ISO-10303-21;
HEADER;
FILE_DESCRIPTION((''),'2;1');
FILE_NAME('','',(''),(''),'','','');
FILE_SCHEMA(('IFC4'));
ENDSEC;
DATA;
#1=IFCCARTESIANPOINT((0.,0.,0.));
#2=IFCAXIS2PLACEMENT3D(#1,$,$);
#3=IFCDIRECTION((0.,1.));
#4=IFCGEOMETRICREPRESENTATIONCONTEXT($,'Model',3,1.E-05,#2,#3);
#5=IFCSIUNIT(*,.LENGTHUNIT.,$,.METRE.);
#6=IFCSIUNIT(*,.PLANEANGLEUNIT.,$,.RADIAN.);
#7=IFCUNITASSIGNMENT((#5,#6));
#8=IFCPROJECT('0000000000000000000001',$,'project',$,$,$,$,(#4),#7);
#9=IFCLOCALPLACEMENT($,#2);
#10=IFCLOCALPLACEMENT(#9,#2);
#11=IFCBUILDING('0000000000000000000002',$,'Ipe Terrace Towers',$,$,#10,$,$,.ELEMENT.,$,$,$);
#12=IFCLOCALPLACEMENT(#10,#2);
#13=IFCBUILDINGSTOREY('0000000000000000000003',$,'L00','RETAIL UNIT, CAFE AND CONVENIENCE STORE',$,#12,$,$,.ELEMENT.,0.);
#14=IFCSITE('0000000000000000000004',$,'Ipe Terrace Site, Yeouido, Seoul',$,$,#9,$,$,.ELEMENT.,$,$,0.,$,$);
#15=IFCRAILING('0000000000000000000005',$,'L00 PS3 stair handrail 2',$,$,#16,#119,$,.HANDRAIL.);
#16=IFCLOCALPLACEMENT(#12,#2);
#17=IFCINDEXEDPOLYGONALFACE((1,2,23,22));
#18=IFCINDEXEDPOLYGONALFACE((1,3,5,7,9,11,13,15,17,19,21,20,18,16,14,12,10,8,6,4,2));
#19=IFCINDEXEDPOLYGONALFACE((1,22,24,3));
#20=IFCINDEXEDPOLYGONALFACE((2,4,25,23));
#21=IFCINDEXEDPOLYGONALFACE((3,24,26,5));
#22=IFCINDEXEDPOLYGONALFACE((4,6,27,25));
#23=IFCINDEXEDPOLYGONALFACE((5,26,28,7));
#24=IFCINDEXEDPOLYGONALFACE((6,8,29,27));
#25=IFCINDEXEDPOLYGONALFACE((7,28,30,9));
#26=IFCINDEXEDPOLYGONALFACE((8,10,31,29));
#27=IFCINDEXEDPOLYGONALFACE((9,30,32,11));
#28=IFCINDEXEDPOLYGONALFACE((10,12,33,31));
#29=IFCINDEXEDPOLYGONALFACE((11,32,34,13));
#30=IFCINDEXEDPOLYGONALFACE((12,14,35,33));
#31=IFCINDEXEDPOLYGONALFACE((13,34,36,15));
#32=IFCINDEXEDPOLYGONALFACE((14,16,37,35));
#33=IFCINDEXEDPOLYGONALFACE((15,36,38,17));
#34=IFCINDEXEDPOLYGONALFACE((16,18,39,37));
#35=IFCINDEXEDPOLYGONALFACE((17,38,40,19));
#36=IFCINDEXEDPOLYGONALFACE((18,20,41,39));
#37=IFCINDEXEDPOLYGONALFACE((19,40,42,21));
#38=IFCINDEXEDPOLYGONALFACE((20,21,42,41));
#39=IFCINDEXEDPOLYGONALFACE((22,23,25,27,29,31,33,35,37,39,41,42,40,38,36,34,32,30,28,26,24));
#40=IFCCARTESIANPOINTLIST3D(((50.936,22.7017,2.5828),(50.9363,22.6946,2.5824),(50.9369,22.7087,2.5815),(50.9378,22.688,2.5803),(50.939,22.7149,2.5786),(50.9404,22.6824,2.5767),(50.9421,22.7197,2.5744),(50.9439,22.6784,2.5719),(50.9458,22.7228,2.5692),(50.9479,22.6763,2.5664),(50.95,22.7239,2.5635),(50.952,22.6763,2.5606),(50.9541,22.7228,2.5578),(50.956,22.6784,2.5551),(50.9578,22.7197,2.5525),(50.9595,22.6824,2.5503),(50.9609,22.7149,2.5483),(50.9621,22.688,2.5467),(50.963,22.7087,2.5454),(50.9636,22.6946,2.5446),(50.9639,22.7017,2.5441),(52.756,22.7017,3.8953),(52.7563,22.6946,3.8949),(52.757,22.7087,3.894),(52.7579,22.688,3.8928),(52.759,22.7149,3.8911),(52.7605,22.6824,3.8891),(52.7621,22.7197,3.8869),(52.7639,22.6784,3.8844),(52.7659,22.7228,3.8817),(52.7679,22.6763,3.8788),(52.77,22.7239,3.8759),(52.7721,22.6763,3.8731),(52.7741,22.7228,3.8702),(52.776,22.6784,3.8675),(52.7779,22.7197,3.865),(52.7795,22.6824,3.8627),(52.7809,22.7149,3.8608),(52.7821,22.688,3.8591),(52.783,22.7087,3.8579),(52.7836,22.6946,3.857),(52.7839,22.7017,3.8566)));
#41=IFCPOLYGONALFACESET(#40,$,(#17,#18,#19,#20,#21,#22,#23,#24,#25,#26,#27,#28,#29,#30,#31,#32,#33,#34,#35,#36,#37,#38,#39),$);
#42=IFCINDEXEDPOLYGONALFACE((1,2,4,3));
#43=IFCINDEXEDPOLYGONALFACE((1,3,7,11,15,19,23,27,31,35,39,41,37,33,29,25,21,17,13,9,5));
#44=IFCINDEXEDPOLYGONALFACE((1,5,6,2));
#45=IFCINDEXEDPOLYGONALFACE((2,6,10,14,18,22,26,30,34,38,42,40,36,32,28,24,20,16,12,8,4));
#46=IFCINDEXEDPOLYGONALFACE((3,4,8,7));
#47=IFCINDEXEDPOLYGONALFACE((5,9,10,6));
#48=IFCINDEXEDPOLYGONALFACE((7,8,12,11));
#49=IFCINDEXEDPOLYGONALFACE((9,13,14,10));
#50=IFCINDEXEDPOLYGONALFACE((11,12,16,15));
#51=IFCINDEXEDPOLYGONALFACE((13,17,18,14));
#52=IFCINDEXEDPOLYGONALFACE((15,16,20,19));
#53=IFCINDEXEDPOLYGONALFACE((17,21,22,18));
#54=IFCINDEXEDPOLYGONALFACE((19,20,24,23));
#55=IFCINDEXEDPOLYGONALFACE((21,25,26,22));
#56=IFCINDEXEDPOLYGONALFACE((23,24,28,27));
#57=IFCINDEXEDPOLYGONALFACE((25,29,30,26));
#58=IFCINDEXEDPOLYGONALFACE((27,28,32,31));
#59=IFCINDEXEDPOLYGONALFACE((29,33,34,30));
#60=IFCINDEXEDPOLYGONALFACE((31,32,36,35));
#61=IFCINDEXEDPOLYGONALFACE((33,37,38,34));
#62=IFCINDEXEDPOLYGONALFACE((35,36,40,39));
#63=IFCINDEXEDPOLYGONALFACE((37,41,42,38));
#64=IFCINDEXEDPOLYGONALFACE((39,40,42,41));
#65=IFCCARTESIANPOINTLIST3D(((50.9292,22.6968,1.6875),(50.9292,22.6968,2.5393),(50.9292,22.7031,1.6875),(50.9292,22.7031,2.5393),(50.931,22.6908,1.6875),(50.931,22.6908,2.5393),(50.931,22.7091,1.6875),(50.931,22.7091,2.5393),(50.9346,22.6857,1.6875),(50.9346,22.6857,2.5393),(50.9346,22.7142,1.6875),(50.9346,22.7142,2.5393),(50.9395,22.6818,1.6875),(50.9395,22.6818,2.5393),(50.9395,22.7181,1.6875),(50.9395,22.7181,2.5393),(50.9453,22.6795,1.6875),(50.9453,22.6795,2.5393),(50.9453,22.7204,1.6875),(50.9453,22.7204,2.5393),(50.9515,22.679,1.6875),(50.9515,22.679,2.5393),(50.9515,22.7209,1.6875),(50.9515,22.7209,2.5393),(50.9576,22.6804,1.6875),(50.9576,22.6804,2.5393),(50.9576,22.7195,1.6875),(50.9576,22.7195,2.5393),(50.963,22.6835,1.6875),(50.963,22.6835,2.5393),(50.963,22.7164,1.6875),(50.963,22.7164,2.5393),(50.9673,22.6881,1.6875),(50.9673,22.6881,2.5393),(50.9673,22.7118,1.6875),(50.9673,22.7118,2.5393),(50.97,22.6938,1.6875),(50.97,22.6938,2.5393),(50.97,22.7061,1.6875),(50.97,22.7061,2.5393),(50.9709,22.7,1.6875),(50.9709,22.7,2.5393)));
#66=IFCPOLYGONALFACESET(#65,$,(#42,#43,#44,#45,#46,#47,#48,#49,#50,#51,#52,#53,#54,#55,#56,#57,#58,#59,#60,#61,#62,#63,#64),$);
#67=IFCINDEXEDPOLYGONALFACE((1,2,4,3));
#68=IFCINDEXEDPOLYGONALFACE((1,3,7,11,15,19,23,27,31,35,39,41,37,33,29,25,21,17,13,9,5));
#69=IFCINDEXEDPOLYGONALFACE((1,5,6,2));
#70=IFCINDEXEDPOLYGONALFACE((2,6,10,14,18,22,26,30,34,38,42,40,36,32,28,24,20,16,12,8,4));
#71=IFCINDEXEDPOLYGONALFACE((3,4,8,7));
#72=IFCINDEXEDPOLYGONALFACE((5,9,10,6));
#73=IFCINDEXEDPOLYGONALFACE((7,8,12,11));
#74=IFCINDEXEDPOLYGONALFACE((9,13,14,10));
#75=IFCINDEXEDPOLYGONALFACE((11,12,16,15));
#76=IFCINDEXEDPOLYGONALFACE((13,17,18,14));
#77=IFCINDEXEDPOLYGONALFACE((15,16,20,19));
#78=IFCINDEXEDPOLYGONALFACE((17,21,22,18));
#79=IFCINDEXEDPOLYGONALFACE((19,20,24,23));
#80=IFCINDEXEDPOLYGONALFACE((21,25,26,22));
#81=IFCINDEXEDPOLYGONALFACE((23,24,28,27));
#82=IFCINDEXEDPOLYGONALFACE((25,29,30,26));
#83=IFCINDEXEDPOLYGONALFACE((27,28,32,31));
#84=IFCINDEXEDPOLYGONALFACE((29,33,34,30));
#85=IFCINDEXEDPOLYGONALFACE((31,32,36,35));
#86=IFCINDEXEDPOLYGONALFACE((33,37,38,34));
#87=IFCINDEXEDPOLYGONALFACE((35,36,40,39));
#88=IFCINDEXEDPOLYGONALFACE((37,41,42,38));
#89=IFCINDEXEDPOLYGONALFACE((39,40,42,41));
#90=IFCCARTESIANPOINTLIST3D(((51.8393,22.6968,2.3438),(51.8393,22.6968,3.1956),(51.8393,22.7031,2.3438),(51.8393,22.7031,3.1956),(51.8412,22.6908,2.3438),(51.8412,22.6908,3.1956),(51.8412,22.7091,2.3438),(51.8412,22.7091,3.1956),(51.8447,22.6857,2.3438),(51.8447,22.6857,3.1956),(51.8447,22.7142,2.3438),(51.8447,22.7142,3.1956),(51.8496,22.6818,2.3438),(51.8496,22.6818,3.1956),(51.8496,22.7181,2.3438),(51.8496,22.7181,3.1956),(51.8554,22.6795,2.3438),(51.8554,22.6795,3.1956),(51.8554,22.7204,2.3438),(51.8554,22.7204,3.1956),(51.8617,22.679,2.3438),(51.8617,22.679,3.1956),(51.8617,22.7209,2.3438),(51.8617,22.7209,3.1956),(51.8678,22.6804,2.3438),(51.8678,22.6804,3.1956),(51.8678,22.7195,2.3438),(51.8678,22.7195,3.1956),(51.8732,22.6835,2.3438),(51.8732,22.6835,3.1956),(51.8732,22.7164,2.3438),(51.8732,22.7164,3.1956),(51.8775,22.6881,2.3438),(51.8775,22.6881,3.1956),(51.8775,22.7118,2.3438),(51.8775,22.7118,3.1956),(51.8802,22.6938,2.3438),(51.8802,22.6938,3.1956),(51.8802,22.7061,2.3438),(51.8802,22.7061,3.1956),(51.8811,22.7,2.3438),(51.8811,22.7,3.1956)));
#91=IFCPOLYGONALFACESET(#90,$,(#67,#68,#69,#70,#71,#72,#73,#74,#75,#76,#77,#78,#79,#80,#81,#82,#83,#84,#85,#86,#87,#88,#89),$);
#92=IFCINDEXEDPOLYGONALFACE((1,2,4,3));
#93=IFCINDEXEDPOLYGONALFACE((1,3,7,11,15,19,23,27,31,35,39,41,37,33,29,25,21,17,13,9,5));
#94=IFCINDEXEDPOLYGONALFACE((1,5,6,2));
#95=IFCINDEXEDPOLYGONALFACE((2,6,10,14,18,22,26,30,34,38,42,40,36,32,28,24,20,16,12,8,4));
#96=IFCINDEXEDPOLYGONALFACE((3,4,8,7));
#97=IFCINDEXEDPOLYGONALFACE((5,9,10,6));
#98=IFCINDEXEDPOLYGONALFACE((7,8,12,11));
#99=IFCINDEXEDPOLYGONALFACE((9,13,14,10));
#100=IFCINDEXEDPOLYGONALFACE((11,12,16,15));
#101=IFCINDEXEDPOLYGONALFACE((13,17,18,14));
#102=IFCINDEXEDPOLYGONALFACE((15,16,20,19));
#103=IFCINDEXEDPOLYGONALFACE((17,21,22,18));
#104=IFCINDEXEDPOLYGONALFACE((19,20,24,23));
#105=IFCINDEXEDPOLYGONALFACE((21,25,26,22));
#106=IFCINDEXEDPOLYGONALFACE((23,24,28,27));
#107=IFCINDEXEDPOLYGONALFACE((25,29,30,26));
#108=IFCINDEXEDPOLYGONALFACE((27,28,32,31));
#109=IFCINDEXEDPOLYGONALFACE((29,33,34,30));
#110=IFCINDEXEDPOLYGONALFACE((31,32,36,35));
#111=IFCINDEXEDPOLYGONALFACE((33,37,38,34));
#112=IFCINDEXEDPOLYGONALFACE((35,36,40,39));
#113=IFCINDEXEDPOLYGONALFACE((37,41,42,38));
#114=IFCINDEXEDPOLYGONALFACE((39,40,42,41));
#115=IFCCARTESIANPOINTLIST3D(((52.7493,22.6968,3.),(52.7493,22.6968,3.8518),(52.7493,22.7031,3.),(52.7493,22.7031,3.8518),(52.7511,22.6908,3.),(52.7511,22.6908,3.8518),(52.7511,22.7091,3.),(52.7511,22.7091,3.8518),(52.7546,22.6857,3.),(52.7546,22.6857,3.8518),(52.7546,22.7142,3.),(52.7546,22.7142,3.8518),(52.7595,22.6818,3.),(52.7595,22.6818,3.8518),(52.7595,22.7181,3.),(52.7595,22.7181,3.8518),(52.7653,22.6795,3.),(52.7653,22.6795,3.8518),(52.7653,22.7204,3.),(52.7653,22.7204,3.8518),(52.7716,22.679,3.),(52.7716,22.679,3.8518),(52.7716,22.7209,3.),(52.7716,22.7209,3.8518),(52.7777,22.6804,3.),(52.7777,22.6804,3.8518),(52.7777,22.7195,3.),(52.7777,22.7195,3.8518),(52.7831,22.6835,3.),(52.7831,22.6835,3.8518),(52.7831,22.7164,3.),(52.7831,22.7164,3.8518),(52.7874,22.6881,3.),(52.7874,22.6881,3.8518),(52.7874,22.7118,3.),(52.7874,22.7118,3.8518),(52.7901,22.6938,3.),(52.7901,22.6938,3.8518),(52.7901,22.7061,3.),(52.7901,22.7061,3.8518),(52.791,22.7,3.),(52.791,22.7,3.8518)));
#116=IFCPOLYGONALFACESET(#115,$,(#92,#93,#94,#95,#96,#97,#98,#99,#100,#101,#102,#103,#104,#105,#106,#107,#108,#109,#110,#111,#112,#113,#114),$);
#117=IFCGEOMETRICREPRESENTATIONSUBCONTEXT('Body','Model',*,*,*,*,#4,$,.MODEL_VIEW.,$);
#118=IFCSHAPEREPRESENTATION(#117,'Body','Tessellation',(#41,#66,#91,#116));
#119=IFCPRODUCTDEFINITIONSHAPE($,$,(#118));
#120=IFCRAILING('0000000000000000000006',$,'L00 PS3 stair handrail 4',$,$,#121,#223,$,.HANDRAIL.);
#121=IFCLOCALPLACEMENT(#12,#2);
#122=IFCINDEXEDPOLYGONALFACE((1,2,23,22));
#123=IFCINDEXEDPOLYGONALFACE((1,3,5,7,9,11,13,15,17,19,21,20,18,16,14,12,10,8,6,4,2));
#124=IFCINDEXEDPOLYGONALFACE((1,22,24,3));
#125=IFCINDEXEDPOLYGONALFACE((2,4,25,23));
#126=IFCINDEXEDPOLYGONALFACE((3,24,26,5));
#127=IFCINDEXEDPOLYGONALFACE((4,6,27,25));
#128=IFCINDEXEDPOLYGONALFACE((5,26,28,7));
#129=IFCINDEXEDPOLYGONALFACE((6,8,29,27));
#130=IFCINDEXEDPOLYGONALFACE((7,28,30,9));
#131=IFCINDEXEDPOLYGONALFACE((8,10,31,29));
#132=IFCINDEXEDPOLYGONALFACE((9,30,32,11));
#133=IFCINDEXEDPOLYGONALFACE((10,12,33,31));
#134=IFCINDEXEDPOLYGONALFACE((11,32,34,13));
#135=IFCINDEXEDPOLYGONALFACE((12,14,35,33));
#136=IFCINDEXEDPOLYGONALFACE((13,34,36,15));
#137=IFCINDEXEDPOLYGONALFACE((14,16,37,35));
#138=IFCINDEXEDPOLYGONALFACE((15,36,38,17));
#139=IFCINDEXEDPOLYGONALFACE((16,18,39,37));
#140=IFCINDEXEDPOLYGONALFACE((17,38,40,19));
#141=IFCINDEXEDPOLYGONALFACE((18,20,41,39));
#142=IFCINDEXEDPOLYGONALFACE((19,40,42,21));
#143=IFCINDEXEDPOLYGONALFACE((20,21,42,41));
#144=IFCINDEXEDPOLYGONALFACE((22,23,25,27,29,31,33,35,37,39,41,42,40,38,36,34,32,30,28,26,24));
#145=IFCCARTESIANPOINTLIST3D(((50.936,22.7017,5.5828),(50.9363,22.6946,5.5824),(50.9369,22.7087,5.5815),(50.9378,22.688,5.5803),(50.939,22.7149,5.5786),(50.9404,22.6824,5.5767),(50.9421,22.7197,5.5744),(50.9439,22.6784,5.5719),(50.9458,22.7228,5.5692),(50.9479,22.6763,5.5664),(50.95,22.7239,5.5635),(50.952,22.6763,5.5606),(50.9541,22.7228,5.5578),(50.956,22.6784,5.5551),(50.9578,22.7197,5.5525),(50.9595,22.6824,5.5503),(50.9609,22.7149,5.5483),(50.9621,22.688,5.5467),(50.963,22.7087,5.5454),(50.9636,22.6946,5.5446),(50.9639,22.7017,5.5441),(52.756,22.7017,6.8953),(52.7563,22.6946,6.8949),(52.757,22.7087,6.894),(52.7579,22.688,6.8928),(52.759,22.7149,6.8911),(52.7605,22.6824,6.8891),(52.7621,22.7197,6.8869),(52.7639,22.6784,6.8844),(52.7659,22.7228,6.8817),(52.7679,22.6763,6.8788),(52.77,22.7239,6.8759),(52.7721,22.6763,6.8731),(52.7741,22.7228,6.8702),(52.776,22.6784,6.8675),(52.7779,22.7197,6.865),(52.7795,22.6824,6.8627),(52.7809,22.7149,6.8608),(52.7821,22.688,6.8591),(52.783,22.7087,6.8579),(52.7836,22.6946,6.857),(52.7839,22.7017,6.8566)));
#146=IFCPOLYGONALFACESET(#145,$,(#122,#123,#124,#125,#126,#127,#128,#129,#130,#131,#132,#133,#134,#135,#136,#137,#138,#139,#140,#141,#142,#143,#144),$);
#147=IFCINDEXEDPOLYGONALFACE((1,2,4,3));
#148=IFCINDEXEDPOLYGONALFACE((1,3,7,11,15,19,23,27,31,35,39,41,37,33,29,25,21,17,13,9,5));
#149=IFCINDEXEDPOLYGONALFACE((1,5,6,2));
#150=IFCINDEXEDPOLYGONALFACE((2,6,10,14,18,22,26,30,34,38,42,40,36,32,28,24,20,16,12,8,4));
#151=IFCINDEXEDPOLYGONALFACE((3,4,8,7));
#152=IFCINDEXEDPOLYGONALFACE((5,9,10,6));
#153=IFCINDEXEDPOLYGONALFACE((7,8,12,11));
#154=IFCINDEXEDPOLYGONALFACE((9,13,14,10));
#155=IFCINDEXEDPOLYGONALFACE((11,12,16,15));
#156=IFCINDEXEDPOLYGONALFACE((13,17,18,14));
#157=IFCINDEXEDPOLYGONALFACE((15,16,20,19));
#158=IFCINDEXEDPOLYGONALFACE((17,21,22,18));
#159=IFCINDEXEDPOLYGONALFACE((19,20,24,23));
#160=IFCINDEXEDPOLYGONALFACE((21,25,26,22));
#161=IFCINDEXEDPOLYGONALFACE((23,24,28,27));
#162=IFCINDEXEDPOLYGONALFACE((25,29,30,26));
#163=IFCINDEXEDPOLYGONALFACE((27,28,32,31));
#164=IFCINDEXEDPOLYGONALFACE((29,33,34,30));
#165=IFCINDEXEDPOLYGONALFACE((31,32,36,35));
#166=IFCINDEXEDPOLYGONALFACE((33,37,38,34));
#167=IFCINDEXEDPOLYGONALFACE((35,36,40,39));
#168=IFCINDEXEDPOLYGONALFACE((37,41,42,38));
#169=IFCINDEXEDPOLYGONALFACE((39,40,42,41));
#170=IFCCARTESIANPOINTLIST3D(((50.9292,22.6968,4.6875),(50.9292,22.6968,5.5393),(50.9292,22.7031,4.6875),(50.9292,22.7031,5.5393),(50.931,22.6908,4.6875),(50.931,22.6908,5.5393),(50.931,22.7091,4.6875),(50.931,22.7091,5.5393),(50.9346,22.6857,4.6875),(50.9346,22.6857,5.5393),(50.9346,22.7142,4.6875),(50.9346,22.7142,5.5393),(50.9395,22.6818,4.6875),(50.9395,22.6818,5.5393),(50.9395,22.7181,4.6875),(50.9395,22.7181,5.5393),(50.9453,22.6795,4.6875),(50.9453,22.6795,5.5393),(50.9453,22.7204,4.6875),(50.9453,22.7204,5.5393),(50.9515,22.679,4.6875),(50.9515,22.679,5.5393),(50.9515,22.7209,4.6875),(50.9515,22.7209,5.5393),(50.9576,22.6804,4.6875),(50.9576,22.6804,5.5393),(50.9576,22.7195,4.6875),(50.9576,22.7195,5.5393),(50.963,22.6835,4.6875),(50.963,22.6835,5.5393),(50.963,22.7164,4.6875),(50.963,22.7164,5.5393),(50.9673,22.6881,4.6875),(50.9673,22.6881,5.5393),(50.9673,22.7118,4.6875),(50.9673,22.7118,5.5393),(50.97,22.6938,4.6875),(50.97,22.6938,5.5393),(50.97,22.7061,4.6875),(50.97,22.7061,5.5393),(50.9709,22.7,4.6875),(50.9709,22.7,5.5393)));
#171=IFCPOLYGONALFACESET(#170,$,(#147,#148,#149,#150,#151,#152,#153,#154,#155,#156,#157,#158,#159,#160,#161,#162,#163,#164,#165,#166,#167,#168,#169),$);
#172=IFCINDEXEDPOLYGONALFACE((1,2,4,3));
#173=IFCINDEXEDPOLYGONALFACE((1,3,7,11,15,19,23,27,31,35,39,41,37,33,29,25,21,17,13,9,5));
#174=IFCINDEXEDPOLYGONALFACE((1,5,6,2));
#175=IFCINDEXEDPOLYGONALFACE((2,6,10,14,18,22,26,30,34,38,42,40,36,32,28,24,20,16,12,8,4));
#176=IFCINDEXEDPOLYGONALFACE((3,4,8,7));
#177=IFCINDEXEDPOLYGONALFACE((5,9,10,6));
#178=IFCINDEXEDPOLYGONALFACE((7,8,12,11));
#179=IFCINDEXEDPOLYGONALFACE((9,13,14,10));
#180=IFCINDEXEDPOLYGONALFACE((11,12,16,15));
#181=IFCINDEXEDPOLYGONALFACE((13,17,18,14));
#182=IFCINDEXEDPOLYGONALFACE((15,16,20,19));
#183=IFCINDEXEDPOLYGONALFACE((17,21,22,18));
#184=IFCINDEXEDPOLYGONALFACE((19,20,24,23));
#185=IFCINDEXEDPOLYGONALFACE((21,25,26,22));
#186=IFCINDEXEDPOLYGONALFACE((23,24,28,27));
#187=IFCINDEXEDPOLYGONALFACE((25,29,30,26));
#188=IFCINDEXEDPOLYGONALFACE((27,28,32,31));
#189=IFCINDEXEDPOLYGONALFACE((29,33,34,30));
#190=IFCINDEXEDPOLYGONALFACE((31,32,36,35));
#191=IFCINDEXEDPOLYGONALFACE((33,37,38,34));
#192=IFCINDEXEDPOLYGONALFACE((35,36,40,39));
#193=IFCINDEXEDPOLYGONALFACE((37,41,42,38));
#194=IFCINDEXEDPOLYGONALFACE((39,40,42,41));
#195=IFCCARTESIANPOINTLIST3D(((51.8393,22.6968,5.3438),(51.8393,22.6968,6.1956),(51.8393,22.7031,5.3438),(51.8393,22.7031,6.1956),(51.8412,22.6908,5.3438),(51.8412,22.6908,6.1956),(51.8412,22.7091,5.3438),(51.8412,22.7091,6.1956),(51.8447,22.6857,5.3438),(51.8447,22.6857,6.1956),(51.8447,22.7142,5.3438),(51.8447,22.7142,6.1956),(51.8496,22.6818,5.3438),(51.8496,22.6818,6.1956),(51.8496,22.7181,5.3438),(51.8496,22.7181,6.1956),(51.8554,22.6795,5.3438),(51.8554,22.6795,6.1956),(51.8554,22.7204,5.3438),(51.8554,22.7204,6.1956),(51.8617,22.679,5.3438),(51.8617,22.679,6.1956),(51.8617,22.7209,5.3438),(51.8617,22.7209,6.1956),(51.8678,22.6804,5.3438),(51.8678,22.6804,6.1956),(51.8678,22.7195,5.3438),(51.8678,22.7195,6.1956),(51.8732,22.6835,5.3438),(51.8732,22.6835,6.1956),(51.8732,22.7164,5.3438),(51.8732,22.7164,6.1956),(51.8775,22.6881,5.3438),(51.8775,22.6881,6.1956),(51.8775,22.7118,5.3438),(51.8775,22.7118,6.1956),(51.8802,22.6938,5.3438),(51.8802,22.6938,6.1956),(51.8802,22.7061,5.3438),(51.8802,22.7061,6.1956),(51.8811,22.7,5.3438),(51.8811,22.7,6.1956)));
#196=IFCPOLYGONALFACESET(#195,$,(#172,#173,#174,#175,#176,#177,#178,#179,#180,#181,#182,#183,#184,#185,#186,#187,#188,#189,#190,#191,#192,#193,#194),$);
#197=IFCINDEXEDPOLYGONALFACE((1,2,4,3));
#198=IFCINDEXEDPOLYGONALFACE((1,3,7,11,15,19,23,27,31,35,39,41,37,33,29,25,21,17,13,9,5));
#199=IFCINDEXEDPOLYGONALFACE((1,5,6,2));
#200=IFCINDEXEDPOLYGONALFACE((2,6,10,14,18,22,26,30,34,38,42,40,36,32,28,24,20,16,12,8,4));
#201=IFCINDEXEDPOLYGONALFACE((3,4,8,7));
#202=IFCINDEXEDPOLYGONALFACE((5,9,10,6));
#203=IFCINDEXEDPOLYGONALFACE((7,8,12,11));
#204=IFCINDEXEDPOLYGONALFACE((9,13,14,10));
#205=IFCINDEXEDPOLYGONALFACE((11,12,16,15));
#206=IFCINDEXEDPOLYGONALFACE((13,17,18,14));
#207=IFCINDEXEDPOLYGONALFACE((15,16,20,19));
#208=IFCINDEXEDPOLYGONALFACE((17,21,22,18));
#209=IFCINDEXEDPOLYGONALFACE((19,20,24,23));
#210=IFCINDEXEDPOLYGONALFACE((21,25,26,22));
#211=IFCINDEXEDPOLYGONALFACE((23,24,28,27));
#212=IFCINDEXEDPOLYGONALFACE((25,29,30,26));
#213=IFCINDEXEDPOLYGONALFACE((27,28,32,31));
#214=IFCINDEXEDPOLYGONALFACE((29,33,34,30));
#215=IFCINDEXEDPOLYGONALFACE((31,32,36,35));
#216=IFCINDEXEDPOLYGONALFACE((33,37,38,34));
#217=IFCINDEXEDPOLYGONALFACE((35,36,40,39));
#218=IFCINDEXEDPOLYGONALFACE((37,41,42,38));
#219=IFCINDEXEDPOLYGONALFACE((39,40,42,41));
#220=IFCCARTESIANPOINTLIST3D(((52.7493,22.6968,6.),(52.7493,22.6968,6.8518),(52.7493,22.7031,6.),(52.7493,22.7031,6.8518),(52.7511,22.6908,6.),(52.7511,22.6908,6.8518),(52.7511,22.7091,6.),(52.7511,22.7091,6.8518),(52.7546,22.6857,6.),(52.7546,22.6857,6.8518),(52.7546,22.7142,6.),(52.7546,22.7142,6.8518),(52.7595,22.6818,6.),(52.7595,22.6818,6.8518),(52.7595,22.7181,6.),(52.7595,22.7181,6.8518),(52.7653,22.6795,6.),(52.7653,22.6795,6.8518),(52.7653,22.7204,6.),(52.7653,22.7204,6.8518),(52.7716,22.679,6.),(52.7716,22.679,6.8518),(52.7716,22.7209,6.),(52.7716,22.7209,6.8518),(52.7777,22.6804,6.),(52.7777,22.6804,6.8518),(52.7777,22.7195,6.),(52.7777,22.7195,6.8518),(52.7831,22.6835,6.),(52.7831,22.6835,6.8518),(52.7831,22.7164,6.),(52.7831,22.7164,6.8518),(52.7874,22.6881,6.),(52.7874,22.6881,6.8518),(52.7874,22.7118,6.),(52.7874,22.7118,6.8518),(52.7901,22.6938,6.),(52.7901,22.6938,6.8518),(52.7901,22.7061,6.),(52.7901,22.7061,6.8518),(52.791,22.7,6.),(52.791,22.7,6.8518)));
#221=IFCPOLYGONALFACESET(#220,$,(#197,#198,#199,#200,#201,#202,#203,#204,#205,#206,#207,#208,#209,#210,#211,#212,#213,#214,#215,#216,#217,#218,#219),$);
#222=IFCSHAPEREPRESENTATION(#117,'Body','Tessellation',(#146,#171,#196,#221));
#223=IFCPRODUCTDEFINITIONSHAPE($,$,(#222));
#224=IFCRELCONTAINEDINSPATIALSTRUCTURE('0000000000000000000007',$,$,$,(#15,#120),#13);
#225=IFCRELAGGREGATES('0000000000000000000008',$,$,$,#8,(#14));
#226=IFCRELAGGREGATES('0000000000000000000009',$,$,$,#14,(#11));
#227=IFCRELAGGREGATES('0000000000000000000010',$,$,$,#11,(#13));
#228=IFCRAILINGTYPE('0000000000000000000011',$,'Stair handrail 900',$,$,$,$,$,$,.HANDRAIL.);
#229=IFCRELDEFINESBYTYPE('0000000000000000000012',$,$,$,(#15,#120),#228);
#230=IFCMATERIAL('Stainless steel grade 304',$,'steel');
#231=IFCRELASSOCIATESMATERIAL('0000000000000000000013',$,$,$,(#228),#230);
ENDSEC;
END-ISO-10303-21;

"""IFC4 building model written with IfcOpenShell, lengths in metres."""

from ifc_helpers import new_model, si_unit, direction, frame, origin, origin_2d, place, context, subcontext, project, spatial, circle, extrude, material, type_object, element, save


model = new_model("IFC4")

# Units and contexts
model_context = context("Model", 3, precision=1e-05, world=origin(), true_north=direction((0.0, 1.0)))
body_context = subcontext(model_context, "Body", "Model", "MODEL_VIEW")
ifc_project = project(units=[si_unit("LENGTHUNIT", "METRE"), si_unit("PLANEANGLEUNIT", "RADIAN")], contexts=[model_context])

# Site, building, storey
site_placement = place(None, origin())
site = spatial("IfcSite", under=ifc_project, at=site_placement, Name="Ipe Terrace Site, Yeouido, Seoul", CompositionType="ELEMENT", RefElevation=0.0)
building_placement = place(site_placement, origin())
building = spatial("IfcBuilding", under=site, at=building_placement, Name="Ipe Terrace Towers", CompositionType="ELEMENT")
storey_placement = place(building_placement, origin())
storey = spatial("IfcBuildingStorey", under=building, at=storey_placement, Name="L00", Description="RETAIL UNIT, CAFE AND CONVENIENCE STORE", CompositionType="ELEMENT", Elevation=0.0)

# Railings
ifc_material_1 = material(Name="Stainless steel grade 304", Category="steel")
railing_type_1 = type_object("IfcRailingType", Name="Stair handrail 900", PredefinedType="HANDRAIL", material=ifc_material_1)
for number, where, name in (
    (1, (50.95, 22.7, 1.6875), "L00 PS3 stair handrail 2"),
    (2, (50.95, 22.7, 4.6875), "L00 PS3 stair handrail 4"),
):
    element("IfcRailing", number, at=place(storey_placement, frame(where)), inside=storey, type_object=railing_type_1, Name=name, PredefinedType="HANDRAIL", context=body_context, shape_type="SweptSolid", body=[
        extrude(circle(Radius=0.0239, at=origin_2d()), frame((0.0, 0.0, 0.876), z_axis=(0.811101, 0.0, 0.584906), x_axis=(0.0, 1.0, 0.0)), (0.0, 0.0, 1.0), 2.2439),
        extrude(circle(Radius=0.021, at=origin_2d()), origin(), (0.0, 0.0, 1.0), 0.8518),
        extrude(circle(Radius=0.021, at=origin_2d()), frame((0.9102, 0.0, 0.6562)), (0.0, 0.0, 1.0), 0.8518),
        extrude(circle(Radius=0.021, at=origin_2d()), frame((1.8201, 0.0, 1.3125)), (0.0, 0.0, 1.0), 0.8518),
    ])

save(model, "model.ifc")
